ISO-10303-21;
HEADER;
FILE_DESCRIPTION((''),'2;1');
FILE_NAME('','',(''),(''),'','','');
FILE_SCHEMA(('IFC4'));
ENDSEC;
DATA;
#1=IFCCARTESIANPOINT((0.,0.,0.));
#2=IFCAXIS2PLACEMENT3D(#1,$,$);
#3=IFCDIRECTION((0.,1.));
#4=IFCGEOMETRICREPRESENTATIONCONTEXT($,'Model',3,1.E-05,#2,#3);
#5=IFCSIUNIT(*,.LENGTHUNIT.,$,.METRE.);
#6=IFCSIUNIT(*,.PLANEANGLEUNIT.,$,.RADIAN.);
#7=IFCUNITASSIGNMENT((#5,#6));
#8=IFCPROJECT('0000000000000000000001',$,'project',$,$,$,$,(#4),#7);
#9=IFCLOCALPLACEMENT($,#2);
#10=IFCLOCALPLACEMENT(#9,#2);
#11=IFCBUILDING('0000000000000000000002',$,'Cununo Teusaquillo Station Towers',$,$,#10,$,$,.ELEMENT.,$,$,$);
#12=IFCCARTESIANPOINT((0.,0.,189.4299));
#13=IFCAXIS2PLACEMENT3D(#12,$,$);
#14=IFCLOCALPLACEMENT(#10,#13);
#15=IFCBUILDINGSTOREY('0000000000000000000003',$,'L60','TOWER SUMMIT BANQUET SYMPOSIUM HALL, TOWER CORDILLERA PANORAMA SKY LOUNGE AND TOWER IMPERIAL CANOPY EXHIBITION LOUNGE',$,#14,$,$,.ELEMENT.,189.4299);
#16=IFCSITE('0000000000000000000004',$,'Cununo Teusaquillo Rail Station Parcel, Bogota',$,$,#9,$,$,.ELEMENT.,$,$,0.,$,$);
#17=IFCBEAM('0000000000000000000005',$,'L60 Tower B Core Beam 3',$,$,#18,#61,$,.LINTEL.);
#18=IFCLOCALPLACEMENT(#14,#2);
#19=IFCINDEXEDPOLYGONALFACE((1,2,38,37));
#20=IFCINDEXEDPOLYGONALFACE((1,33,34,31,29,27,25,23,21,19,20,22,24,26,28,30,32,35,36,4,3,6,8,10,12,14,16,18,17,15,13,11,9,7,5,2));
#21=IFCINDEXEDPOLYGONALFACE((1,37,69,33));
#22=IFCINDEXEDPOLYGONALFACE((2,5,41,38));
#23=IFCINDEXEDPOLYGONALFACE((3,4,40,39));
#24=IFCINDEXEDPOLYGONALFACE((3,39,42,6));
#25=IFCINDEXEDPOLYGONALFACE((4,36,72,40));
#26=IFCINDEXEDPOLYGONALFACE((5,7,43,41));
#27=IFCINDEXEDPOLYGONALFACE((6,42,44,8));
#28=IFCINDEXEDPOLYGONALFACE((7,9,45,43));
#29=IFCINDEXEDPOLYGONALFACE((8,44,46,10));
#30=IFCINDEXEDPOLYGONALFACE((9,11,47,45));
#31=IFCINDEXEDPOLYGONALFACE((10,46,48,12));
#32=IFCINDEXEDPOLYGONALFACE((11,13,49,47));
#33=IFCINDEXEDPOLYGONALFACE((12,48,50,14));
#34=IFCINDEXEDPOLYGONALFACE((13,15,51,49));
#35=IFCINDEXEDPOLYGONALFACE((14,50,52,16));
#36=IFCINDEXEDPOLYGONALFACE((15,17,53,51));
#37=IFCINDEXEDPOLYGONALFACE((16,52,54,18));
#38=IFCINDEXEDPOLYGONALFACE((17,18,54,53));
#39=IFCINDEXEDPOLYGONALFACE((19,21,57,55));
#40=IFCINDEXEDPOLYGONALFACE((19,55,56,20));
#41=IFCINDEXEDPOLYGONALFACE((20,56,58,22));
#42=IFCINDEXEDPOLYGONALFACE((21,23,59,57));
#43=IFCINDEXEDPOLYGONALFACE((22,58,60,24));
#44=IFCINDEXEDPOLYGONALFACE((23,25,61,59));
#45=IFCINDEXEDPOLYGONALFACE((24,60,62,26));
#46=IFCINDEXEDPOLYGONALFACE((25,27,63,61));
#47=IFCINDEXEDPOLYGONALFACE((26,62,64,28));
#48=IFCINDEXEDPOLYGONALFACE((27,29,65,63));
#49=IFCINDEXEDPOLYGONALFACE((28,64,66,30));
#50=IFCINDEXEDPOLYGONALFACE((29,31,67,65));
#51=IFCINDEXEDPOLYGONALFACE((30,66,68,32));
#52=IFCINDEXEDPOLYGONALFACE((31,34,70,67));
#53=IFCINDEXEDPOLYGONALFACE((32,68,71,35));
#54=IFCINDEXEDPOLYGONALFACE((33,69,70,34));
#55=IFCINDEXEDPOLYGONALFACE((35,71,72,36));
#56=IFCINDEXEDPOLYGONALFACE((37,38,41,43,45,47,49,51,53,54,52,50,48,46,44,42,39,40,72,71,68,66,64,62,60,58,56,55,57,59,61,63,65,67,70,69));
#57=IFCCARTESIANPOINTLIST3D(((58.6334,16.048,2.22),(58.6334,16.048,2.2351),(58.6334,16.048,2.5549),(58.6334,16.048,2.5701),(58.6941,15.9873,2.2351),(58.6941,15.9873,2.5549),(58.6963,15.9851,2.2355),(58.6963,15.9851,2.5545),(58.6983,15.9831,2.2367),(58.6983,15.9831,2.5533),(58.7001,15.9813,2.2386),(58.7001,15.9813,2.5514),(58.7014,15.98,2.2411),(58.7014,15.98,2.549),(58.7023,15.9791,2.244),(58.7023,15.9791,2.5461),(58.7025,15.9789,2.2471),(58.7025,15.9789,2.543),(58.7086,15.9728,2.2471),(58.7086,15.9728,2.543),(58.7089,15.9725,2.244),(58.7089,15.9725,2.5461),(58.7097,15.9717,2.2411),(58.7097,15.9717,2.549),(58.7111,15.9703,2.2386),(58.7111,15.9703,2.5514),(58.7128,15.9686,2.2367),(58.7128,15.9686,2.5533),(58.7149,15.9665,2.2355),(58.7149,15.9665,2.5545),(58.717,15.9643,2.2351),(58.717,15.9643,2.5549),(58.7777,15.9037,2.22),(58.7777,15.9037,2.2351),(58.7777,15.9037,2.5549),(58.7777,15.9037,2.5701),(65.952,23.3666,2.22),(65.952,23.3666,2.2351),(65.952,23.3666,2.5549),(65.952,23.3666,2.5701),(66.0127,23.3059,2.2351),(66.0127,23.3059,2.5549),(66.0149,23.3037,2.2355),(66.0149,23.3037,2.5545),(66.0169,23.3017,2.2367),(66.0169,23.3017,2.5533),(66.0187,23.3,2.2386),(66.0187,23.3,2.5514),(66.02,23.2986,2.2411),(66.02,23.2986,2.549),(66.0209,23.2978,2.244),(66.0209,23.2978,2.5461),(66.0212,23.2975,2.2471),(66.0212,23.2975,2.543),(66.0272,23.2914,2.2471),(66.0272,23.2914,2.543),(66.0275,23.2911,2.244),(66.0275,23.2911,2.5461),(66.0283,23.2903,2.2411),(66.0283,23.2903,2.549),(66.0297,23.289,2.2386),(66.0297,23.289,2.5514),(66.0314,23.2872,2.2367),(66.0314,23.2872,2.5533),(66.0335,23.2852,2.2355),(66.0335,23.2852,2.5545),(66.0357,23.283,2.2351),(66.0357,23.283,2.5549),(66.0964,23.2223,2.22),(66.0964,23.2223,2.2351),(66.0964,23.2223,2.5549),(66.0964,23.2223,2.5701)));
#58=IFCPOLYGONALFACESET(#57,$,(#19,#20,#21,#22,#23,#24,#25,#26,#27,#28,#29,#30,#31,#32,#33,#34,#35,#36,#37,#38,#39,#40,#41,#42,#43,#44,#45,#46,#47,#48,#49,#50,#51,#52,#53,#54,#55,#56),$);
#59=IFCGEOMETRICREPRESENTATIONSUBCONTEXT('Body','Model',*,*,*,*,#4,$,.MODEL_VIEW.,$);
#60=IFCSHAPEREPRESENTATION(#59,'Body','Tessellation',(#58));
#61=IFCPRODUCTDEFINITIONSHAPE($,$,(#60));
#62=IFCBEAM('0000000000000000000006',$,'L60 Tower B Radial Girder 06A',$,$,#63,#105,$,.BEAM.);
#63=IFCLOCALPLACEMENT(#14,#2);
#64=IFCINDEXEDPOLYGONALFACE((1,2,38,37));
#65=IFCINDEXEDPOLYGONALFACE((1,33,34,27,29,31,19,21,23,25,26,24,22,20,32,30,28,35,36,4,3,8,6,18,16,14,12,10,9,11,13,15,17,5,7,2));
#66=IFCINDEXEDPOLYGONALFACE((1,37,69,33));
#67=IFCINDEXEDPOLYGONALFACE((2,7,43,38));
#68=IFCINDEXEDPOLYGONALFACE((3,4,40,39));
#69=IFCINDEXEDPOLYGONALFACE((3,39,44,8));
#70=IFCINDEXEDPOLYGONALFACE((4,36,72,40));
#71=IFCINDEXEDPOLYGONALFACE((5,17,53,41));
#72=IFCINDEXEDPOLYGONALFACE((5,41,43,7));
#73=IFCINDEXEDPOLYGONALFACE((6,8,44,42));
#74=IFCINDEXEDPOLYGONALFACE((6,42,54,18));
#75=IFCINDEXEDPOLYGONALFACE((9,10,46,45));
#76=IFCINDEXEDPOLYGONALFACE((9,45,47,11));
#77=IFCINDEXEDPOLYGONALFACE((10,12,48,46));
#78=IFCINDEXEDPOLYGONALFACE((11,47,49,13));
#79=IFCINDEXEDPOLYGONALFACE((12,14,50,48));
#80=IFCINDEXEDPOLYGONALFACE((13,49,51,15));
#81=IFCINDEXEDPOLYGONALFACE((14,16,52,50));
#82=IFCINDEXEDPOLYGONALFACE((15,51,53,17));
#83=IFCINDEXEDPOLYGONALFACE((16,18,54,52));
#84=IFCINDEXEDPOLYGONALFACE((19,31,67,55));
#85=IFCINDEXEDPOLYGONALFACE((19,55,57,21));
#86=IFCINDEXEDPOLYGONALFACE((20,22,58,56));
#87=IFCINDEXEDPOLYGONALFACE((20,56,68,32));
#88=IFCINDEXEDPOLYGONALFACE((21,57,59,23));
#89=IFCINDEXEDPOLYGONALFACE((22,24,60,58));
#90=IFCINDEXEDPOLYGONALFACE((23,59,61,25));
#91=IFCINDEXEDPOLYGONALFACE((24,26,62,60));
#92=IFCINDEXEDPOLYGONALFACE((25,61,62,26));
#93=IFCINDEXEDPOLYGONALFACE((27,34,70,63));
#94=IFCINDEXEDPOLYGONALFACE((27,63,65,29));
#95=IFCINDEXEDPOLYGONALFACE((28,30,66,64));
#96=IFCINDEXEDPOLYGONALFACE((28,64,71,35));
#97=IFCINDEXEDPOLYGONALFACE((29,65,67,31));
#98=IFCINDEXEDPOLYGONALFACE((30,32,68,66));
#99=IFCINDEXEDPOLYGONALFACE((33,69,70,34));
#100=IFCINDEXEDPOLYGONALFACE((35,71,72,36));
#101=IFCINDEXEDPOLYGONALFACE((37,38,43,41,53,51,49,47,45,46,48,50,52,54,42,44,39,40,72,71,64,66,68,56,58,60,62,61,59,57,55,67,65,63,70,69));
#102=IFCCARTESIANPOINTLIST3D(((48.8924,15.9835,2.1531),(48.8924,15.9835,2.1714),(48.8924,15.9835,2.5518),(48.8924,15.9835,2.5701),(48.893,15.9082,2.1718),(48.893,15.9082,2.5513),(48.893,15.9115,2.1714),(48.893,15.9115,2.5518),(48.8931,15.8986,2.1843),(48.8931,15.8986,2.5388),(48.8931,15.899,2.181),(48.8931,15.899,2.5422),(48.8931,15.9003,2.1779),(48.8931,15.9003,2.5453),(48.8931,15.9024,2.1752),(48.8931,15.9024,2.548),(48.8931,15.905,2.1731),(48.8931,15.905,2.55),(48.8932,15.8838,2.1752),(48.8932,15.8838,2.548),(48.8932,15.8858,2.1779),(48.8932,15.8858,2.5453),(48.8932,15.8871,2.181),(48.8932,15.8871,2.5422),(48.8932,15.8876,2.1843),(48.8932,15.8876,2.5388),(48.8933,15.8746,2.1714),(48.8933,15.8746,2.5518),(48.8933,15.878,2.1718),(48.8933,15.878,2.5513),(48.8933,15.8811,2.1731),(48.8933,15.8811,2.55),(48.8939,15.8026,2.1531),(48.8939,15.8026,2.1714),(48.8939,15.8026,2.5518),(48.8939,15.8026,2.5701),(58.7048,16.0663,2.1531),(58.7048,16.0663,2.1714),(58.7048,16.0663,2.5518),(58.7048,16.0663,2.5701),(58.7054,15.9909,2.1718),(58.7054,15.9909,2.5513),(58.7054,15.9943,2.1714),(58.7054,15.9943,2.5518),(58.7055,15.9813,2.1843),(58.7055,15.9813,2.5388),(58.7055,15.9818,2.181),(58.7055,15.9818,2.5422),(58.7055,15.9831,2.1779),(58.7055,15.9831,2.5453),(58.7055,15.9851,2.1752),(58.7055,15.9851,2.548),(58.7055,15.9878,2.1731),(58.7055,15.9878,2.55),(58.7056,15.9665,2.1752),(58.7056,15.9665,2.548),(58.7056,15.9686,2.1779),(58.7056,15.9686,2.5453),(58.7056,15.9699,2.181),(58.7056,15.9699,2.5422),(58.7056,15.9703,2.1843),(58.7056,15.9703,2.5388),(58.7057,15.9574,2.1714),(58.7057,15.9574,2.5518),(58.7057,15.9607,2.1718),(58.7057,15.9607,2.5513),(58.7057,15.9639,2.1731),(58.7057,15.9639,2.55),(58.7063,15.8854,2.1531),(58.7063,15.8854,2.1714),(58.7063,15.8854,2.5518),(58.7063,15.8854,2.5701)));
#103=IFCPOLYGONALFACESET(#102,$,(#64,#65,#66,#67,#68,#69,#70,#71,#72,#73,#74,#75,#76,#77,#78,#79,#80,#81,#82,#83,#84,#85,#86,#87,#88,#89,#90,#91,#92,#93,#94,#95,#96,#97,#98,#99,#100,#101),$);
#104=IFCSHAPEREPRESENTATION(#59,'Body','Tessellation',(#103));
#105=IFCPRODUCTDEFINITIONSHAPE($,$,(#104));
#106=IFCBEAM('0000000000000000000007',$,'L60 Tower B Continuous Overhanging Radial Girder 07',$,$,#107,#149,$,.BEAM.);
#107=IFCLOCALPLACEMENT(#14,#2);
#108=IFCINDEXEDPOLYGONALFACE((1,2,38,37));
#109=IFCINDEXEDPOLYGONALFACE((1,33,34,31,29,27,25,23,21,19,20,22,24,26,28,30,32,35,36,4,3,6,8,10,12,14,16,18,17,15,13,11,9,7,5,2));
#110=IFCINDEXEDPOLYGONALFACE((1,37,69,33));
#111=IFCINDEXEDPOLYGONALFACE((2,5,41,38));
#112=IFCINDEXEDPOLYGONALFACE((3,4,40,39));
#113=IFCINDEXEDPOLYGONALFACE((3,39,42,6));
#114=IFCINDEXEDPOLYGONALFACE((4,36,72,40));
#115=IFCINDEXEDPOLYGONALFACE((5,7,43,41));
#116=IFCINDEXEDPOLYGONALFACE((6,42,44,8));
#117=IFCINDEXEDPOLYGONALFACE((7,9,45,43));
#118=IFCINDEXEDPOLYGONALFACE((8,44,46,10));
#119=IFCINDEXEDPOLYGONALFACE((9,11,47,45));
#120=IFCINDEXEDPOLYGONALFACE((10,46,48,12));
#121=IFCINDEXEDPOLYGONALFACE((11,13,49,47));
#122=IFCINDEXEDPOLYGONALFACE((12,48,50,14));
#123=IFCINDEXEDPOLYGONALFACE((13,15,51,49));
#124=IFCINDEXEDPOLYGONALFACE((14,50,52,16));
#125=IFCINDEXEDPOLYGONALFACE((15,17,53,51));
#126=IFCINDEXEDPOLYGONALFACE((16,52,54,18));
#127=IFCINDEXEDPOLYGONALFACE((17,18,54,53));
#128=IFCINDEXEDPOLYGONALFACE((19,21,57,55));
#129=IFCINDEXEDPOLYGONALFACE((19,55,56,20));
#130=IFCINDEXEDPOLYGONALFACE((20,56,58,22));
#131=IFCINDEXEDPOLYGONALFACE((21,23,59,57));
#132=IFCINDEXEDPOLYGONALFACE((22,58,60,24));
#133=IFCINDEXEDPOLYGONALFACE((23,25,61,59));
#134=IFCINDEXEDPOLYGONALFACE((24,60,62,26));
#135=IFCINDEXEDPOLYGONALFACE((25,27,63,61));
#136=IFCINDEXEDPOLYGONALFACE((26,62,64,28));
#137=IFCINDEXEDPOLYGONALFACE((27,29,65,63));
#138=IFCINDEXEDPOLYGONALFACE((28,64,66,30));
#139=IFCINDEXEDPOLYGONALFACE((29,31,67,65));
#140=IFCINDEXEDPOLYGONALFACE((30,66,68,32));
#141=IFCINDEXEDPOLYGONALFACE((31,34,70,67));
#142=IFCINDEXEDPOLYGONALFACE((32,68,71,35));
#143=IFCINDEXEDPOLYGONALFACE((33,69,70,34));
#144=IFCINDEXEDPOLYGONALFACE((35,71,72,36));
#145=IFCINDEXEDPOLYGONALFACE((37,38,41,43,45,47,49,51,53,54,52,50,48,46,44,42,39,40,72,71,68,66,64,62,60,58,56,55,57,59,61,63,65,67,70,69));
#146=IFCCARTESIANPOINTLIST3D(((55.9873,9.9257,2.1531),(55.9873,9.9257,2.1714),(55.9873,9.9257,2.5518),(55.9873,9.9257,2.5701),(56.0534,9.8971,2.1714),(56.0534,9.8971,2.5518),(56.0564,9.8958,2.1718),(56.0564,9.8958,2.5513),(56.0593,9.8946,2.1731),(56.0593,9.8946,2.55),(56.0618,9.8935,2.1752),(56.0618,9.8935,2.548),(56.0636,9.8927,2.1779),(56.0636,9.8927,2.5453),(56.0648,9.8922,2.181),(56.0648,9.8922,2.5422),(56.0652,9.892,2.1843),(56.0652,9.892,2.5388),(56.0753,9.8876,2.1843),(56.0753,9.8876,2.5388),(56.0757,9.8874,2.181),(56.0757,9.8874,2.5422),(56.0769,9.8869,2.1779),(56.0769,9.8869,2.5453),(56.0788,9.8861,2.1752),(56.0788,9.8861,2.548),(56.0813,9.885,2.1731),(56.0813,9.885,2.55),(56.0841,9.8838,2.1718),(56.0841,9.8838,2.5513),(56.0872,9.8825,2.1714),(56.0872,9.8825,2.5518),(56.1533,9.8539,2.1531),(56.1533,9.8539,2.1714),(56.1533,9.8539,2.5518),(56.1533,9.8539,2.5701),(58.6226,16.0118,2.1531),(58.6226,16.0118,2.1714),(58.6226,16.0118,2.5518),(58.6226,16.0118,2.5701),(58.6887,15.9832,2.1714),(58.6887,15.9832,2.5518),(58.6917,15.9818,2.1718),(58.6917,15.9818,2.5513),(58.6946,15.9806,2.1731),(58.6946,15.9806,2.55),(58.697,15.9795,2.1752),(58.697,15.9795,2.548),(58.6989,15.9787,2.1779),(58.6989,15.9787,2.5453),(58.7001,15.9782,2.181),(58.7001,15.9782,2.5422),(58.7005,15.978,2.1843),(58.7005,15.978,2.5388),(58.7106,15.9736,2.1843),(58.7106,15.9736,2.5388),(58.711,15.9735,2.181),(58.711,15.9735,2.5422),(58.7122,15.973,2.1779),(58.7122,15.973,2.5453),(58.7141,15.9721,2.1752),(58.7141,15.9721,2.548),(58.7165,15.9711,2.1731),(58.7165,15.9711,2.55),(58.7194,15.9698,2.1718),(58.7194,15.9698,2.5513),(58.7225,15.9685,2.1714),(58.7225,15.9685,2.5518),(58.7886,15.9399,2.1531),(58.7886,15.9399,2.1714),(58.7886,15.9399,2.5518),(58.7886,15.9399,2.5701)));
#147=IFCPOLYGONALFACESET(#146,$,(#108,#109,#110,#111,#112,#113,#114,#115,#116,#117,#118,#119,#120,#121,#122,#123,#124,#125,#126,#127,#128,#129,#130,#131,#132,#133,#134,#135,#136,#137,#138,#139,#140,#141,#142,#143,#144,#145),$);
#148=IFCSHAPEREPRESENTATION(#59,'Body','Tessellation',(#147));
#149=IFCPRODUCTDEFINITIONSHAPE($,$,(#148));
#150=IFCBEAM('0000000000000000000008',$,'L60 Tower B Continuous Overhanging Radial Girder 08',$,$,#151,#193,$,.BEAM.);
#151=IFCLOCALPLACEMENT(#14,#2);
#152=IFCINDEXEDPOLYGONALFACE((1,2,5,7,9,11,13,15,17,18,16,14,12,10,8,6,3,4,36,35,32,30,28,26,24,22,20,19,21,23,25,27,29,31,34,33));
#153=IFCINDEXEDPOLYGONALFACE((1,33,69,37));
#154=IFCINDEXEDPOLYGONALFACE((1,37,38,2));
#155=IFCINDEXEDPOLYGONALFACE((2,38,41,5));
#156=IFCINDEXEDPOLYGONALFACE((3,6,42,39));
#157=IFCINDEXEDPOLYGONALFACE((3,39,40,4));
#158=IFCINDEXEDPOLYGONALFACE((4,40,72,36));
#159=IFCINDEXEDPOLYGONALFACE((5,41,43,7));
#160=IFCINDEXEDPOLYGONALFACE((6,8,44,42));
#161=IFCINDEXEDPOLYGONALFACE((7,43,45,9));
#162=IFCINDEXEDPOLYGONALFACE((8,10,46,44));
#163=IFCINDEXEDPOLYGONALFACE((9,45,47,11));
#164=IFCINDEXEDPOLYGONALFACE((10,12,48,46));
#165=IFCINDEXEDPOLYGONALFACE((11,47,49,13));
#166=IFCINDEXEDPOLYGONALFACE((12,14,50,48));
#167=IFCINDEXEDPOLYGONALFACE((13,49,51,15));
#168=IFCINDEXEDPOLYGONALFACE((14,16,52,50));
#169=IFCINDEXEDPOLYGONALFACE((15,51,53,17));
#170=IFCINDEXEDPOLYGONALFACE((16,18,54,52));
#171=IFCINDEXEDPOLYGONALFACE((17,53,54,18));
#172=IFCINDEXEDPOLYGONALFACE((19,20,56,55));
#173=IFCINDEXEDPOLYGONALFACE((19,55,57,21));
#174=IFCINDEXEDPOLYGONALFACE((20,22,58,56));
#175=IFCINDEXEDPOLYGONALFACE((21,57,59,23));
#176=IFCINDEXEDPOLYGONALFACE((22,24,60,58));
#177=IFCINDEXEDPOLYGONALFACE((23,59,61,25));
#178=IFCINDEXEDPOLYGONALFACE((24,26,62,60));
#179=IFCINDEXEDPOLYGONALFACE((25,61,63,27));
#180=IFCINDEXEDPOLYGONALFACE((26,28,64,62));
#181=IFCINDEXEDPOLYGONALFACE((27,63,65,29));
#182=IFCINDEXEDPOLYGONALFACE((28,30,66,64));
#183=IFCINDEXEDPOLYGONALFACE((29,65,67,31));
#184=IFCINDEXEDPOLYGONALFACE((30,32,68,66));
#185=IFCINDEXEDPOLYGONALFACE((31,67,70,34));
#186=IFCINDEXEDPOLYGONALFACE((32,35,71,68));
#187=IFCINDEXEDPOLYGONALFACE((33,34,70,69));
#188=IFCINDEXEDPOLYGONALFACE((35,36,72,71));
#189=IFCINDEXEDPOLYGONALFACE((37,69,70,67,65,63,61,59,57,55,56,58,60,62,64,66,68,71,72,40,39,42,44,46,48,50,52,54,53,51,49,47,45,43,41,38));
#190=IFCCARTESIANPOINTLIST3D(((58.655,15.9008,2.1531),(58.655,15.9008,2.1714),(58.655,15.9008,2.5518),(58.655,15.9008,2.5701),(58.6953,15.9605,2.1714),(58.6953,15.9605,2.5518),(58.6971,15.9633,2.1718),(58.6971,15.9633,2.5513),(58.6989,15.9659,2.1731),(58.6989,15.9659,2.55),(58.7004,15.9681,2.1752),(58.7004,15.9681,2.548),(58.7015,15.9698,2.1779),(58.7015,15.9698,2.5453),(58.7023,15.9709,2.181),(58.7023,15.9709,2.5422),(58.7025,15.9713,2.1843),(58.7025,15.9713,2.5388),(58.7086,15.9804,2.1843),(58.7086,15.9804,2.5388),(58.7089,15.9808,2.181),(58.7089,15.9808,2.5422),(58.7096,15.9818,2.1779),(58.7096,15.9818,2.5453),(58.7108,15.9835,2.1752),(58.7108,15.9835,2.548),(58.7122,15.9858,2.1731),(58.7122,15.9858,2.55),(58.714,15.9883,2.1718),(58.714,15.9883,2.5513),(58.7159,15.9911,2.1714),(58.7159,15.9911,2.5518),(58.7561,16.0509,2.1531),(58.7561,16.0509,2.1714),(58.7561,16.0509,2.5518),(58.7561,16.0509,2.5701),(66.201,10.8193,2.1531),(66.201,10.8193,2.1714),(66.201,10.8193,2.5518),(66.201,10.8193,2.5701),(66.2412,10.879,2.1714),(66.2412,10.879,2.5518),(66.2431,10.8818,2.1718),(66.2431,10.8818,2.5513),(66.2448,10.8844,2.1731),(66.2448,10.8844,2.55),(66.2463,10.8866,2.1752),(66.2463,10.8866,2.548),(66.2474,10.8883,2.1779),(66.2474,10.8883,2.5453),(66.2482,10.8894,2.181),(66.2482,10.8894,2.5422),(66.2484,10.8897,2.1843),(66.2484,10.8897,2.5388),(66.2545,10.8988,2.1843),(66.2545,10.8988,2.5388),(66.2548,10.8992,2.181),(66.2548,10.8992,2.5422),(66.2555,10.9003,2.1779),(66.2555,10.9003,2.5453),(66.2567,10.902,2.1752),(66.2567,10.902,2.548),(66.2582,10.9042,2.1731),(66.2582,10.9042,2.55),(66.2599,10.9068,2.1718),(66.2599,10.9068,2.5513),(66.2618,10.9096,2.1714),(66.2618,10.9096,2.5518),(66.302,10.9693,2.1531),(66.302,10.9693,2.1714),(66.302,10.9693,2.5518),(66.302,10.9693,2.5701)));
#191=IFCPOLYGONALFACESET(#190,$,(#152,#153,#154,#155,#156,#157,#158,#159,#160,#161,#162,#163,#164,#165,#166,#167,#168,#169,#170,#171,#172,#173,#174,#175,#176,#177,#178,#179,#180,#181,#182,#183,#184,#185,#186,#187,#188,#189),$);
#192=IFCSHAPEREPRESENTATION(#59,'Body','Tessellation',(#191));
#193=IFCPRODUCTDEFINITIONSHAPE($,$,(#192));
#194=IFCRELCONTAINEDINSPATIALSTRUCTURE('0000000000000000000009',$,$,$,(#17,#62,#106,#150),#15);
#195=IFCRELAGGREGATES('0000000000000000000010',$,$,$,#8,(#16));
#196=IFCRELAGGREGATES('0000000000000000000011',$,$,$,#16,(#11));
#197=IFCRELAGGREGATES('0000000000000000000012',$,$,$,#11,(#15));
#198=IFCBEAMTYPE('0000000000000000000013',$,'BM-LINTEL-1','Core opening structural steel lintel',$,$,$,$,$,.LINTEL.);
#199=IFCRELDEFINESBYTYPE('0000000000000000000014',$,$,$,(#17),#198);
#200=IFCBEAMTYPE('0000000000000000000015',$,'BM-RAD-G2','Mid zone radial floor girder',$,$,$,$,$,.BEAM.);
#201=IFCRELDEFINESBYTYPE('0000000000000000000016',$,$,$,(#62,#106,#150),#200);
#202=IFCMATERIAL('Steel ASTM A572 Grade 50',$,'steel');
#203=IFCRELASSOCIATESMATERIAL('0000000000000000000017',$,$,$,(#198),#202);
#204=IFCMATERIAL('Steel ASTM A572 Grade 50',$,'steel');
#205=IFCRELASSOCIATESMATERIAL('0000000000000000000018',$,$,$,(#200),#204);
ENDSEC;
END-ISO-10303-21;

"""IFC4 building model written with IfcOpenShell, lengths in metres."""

from ifc_helpers import new_model, si_unit, direction, frame, origin, origin_2d, place, context, subcontext, project, spatial, i_section, extrude, material, material_profile, profile_set, type_object, element, save


model = new_model("IFC4")

# Units and contexts
model_context = context("Model", 3, precision=1e-05, world=origin(), true_north=direction((0.0, 1.0)))
body_context = subcontext(model_context, "Body", "Model", "MODEL_VIEW")
ifc_project = project(units=[si_unit("LENGTHUNIT", "METRE"), si_unit("PLANEANGLEUNIT", "RADIAN")], contexts=[model_context])

# Site, building, storey
site_placement = place(None, origin())
site = spatial("IfcSite", under=ifc_project, at=site_placement, Name="Cununo Teusaquillo Rail Station Parcel, Bogota", CompositionType="ELEMENT", RefElevation=0.0)
building_placement = place(site_placement, origin())
building = spatial("IfcBuilding", under=site, at=building_placement, Name="Cununo Teusaquillo Station Towers", CompositionType="ELEMENT")
storey_placement = place(building_placement, frame((0.0, 0.0, 189.4299)))
storey = spatial("IfcBuildingStorey", under=building, at=storey_placement, Name="L60", Description="TOWER SUMMIT BANQUET SYMPOSIUM HALL, TOWER CORDILLERA PANORAMA SKY LOUNGE AND TOWER IMPERIAL CANOPY EXHIBITION LOUNGE", CompositionType="ELEMENT", Elevation=189.4299)

# Beams
ifc_material_1 = material(Name="Steel ASTM A572 Grade 50", Category="steel")
ifc_material_profile_1 = material_profile(ifc_material_1, i_section(OverallWidth=0.2041, OverallDepth=0.3501, WebThickness=0.0085, FlangeThickness=0.0151, FilletRadius=0.012, at=origin_2d()), Name="W14X48")
ifc_profile_set_1 = profile_set([ifc_material_profile_1], Name="Steel ASTM A572 Grade 50")
beam_type_1 = type_object("IfcBeamType", Name="BM-LINTEL-1", Description="Core opening structural steel lintel", PredefinedType="LINTEL", material=ifc_profile_set_1)
beam_1_placement = place(storey_placement, frame((58.7056, 15.9758, 2.395), z_axis=(0.707107, 0.707107, 0.0), x_axis=(-0.707107, 0.707107, 0.0)))
element("IfcBeam", 1, at=beam_1_placement, inside=storey, type_object=beam_type_1, Name="L60 Tower B Core Beam 3", PredefinedType="LINTEL", context=body_context, shape_type="SweptSolid", body=[
    extrude(i_section(OverallWidth=0.2041, OverallDepth=0.3501, WebThickness=0.0085, FlangeThickness=0.0151, FilletRadius=0.012, at=origin_2d()), origin(), (0.0, 0.0, 1.0), 10.3501),
])
ifc_material_2 = material(Name="Steel ASTM A572 Grade 50", Category="steel")
ifc_material_profile_2 = material_profile(ifc_material_2, i_section(OverallWidth=0.1809, OverallDepth=0.417, WebThickness=0.011, FlangeThickness=0.0183, FilletRadius=0.0129, at=origin_2d()), Name="W16X57")
ifc_profile_set_2 = profile_set([ifc_material_profile_2], Name="Steel ASTM A572 Grade 50")
beam_type_2 = type_object("IfcBeamType", Name="BM-RAD-G2", Description="Mid zone radial floor girder", PredefinedType="BEAM", material=ifc_profile_set_2)
beam_2_placement = place(storey_placement, frame((58.7056, 15.9758, 2.3616), z_axis=(-0.999964, -0.008434, 0.0), x_axis=(0.008434, -0.999964, 0.0)))
element("IfcBeam", 2, at=beam_2_placement, inside=storey, type_object=beam_type_2, Name="L60 Tower B Radial Girder 06A", PredefinedType="BEAM", context=body_context, shape_type="SweptSolid", body=[
    extrude(i_section(OverallWidth=0.1809, OverallDepth=0.417, WebThickness=0.011, FlangeThickness=0.0183, FilletRadius=0.0129, at=origin_2d()), origin(), (0.0, 0.0, 1.0), 9.8127),
])
beam_3_placement = place(storey_placement, frame((58.7056, 15.9758, 2.3616), z_axis=(-0.397355, -0.917665, 0.0), x_axis=(0.917665, -0.397355, 0.0)))
element("IfcBeam", 3, at=beam_3_placement, inside=storey, type_object=beam_type_2, Name="L60 Tower B Continuous Overhanging Radial Girder 07", PredefinedType="BEAM", context=body_context, shape_type="SweptSolid", body=[
    extrude(i_section(OverallWidth=0.1809, OverallDepth=0.417, WebThickness=0.011, FlangeThickness=0.0183, FilletRadius=0.0129, at=origin_2d()), origin(), (0.0, 0.0, 1.0), 6.6321),
])
beam_4_placement = place(storey_placement, frame((58.7056, 15.9758, 2.3616), z_axis=(0.829457, -0.558571, 0.0), x_axis=(0.558571, 0.829457, 0.0)))
element("IfcBeam", 4, at=beam_4_placement, inside=storey, type_object=beam_type_2, Name="L60 Tower B Continuous Overhanging Radial Girder 08", PredefinedType="BEAM", context=body_context, shape_type="SweptSolid", body=[
    extrude(i_section(OverallWidth=0.1809, OverallDepth=0.417, WebThickness=0.011, FlangeThickness=0.0183, FilletRadius=0.0129, at=origin_2d()), origin(), (0.0, 0.0, 1.0), 9.0974),
])

save(model, "model.ifc")
